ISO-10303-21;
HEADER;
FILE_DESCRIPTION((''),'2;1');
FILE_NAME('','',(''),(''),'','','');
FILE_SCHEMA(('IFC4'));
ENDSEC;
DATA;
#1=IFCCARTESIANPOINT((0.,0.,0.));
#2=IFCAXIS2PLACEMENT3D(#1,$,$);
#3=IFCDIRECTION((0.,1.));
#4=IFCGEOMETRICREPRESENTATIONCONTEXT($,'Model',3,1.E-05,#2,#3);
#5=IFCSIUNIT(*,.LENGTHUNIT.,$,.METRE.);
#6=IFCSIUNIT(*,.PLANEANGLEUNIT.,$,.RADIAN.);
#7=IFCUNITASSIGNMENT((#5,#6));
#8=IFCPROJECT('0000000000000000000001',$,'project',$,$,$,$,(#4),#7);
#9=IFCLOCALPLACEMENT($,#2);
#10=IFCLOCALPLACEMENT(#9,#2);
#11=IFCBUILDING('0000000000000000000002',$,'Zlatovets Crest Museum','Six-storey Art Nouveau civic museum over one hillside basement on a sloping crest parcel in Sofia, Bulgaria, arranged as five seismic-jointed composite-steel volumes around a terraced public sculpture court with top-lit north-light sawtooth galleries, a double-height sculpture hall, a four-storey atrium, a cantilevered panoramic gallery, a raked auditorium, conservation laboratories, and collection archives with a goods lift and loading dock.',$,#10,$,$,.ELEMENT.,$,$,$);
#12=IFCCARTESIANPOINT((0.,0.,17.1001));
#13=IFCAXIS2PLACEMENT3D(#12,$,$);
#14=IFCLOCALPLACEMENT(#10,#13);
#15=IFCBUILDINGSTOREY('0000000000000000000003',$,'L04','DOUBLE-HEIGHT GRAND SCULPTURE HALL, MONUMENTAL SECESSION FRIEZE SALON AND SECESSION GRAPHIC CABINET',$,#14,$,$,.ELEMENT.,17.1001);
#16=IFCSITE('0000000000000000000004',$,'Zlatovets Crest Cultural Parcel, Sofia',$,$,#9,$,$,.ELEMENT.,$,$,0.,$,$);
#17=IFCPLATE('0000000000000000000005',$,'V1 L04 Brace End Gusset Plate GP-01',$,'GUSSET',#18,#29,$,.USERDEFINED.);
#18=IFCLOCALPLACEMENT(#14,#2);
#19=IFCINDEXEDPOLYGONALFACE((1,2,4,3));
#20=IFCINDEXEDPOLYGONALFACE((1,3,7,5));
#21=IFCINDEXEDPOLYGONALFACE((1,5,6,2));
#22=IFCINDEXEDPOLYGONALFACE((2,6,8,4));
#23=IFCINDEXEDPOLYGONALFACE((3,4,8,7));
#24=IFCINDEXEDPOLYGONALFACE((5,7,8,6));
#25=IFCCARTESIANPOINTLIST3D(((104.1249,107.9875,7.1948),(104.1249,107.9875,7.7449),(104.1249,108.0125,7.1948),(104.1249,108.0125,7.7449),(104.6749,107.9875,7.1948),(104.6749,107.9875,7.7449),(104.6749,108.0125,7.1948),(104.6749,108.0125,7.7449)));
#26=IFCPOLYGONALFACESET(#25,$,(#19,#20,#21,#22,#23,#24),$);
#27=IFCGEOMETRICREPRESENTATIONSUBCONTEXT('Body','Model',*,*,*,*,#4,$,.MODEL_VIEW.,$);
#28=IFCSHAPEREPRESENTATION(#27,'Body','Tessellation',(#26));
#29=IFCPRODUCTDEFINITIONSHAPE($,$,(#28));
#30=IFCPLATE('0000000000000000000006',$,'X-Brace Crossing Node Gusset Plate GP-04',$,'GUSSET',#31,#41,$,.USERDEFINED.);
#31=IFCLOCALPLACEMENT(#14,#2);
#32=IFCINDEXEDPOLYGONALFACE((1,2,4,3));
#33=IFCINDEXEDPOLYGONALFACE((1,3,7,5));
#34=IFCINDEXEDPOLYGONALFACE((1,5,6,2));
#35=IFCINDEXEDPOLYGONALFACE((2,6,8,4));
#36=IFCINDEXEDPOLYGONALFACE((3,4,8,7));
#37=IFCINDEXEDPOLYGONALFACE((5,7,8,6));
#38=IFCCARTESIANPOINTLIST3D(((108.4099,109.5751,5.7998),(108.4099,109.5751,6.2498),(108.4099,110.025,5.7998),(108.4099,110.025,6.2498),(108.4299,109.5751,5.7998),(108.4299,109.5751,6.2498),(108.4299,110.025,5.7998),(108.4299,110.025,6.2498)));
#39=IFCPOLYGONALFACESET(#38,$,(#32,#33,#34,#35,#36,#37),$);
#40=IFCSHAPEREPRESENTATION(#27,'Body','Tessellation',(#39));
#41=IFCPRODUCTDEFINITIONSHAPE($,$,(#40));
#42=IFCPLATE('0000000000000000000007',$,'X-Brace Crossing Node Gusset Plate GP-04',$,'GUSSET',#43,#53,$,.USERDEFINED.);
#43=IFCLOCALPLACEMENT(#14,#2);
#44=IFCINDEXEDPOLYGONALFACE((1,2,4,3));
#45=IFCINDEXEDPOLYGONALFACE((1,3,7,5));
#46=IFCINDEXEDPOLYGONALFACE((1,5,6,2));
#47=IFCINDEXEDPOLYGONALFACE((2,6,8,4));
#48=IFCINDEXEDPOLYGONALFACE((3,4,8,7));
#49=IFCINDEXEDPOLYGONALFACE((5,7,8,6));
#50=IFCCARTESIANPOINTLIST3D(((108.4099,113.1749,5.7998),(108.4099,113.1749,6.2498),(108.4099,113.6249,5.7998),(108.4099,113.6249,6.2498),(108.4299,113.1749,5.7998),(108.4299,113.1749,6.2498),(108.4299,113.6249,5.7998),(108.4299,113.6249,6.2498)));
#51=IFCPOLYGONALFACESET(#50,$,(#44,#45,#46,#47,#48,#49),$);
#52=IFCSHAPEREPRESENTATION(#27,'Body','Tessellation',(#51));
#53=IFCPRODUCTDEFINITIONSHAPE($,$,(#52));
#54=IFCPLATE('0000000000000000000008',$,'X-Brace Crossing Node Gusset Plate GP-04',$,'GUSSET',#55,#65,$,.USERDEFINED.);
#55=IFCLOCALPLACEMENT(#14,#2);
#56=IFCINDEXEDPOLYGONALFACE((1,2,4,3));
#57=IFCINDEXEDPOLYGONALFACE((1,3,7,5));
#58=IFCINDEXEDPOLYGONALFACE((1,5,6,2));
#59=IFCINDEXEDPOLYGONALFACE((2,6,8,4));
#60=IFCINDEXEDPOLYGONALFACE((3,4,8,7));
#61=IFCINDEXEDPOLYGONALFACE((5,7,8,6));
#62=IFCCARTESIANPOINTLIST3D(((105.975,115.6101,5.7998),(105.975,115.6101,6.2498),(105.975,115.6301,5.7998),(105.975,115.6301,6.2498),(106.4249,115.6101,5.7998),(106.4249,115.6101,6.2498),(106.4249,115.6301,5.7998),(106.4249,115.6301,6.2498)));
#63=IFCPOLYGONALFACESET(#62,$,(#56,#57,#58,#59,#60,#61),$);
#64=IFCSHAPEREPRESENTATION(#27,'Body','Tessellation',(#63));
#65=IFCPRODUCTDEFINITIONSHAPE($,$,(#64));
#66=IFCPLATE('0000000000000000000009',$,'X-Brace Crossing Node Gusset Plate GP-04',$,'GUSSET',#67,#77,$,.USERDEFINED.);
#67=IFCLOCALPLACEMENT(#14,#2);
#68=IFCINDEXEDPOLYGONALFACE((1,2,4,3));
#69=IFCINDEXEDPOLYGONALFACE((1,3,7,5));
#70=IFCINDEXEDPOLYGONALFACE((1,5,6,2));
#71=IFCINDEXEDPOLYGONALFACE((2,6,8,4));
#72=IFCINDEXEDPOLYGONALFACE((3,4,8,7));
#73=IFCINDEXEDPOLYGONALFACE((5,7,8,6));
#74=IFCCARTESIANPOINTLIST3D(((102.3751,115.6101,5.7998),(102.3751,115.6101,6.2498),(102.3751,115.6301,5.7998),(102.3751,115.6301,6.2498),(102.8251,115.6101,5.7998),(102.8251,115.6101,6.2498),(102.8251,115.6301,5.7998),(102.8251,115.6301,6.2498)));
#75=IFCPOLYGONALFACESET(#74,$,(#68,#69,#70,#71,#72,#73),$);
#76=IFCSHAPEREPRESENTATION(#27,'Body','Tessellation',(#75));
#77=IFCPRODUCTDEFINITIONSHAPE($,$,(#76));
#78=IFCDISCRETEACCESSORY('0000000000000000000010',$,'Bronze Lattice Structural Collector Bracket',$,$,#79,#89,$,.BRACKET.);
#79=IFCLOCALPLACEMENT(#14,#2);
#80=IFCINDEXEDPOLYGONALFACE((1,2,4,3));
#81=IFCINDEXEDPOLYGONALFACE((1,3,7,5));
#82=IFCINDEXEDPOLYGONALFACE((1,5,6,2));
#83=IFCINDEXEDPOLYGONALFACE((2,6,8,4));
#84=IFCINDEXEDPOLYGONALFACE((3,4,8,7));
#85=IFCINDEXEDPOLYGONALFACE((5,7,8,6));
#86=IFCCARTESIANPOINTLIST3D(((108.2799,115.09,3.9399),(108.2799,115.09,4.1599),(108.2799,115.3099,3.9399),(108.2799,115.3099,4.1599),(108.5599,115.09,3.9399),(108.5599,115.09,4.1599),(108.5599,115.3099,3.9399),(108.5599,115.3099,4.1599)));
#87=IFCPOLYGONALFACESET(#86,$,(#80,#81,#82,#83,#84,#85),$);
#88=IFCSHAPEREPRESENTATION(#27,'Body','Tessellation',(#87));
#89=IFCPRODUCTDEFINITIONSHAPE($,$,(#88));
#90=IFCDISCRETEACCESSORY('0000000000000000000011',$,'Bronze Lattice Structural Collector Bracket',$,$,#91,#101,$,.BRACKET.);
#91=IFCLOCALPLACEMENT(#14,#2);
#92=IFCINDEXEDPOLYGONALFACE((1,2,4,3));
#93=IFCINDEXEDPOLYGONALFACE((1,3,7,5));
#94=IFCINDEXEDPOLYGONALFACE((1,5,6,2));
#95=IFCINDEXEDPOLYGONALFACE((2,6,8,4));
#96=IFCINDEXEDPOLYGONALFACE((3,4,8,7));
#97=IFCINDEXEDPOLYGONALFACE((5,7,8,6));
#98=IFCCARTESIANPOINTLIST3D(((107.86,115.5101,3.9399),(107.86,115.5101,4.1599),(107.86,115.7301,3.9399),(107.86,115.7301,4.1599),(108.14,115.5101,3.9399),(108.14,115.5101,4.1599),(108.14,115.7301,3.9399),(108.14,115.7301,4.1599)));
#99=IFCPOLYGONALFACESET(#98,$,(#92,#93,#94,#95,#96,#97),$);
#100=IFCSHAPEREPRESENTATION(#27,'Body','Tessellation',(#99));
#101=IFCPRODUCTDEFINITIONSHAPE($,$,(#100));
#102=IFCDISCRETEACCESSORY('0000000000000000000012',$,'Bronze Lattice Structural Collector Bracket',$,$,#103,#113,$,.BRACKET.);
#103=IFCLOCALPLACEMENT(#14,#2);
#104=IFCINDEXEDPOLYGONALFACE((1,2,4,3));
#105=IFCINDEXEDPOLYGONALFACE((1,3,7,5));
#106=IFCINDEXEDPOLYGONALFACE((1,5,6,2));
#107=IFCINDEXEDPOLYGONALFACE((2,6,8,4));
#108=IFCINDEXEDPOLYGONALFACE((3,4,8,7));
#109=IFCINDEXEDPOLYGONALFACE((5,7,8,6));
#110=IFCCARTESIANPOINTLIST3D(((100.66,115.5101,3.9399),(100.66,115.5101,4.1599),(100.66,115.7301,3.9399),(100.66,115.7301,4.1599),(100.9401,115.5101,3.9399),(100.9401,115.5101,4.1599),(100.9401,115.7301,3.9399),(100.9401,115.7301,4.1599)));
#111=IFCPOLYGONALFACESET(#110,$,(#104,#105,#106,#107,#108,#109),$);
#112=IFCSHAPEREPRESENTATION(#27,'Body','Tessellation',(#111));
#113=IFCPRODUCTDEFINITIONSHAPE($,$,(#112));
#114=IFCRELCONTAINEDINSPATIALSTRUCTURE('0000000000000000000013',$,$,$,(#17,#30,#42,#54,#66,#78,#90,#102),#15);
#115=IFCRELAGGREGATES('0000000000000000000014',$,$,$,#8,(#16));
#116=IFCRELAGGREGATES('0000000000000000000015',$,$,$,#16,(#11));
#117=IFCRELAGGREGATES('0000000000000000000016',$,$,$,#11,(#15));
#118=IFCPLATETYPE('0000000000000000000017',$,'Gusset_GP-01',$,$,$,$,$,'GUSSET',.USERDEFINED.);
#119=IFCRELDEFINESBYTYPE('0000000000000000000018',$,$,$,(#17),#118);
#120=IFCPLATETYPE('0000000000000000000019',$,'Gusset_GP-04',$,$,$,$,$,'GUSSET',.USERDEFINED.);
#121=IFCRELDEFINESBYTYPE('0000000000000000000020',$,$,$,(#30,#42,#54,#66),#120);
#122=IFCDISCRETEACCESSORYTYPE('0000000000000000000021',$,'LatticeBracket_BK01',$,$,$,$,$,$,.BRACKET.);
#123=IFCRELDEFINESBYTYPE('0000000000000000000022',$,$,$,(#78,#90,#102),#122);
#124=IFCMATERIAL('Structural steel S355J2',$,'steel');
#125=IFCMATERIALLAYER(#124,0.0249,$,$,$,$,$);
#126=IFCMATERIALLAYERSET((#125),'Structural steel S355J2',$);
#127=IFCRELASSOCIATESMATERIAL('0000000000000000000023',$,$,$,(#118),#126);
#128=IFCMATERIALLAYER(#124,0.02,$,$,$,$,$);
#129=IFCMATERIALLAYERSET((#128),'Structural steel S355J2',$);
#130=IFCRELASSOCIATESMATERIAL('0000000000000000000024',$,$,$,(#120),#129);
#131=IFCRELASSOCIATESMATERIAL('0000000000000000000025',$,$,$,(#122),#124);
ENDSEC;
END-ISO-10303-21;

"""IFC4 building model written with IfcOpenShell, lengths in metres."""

from ifc_helpers import new_model, si_unit, direction, frame, origin, origin_2d, place, context, subcontext, project, spatial, rectangle, extrude, material, layer, layer_set, type_object, element, save


model = new_model("IFC4")

# Units and contexts
model_context = context("Model", 3, precision=1e-05, world=origin(), true_north=direction((0.0, 1.0)))
body_context = subcontext(model_context, "Body", "Model", "MODEL_VIEW")
ifc_project = project(units=[si_unit("LENGTHUNIT", "METRE"), si_unit("PLANEANGLEUNIT", "RADIAN")], contexts=[model_context])

# Site, building, storey
site_placement = place(None, origin())
site = spatial("IfcSite", under=ifc_project, at=site_placement, Name="Zlatovets Crest Cultural Parcel, Sofia", CompositionType="ELEMENT", RefElevation=0.0)
building_placement = place(site_placement, origin())
building = spatial("IfcBuilding", under=site, at=building_placement, Name="Zlatovets Crest Museum", Description="Six-storey Art Nouveau civic museum over one hillside basement on a sloping crest parcel in Sofia, Bulgaria, arranged as five seismic-jointed composite-steel volumes around a terraced public sculpture court with top-lit north-light sawtooth galleries, a double-height sculpture hall, a four-storey atrium, a cantilevered panoramic gallery, a raked auditorium, conservation laboratories, and collection archives with a goods lift and loading dock.", CompositionType="ELEMENT")
storey_placement = place(building_placement, frame((0.0, 0.0, 17.1001)))
storey = spatial("IfcBuildingStorey", under=building, at=storey_placement, Name="L04", Description="DOUBLE-HEIGHT GRAND SCULPTURE HALL, MONUMENTAL SECESSION FRIEZE SALON AND SECESSION GRAPHIC CABINET", CompositionType="ELEMENT", Elevation=17.1001)

# Shared definitions
ifc_material_1 = material(Name="Structural steel S355J2", Category="steel")

# Plates
ifc_layer_1 = layer(ifc_material_1, 0.0249)
ifc_layer_set_1 = layer_set([ifc_layer_1], Name="Structural steel S355J2")
plate_type_1 = type_object("IfcPlateType", Name="Gusset_GP-01", ElementType="GUSSET", PredefinedType="USERDEFINED", material=ifc_layer_set_1)
plate_placement = place(storey_placement, frame((104.3999, 108.0, 7.1948), z_axis=(0.0, 0.0, 1.0), x_axis=(1.0, 0.0, 0.0)))
element("IfcPlate", 1, at=plate_placement, inside=storey, type_object=plate_type_1, Name="V1 L04 Brace End Gusset Plate GP-01", ObjectType="GUSSET", PredefinedType="USERDEFINED", context=body_context, shape_type="SweptSolid", body=[
    extrude(rectangle(XDim=0.55, YDim=0.0249, at=origin_2d()), origin(), (0.0, 0.0, 1.0), 0.55),
])
ifc_layer_2 = layer(ifc_material_1, 0.02)
ifc_layer_set_2 = layer_set([ifc_layer_2], Name="Structural steel S355J2")
plate_type_2 = type_object("IfcPlateType", Name="Gusset_GP-04", ElementType="GUSSET", PredefinedType="USERDEFINED", material=ifc_layer_set_2)
for number, where, z_axis, x_axis, name in (
    (2, (108.4199, 109.8, 5.7998), (0.0, 0.0, 1.0), (1.0, 0.0, 0.0), "X-Brace Crossing Node Gusset Plate GP-04"),
    (3, (108.4199, 113.3999, 5.7998), (0.0, 0.0, 1.0), (1.0, 0.0, 0.0), "X-Brace Crossing Node Gusset Plate GP-04"),
):
    element("IfcPlate", number, at=place(storey_placement, frame(where, z_axis=z_axis, x_axis=x_axis)), inside=storey, type_object=plate_type_2, Name=name, ObjectType="GUSSET", PredefinedType="USERDEFINED", context=body_context, shape_type="SweptSolid", body=[
        extrude(rectangle(XDim=0.02, YDim=0.45, at=origin_2d()), origin(), (0.0, 0.0, 1.0), 0.45),
    ])
for number, where, z_axis, x_axis, name in (
    (4, (106.2, 115.6201, 5.7998), (0.0, 0.0, 1.0), (1.0, 0.0, 0.0), "X-Brace Crossing Node Gusset Plate GP-04"),
    (5, (102.6001, 115.6201, 5.7998), (0.0, 0.0, 1.0), (1.0, 0.0, 0.0), "X-Brace Crossing Node Gusset Plate GP-04"),
):
    element("IfcPlate", number, at=place(storey_placement, frame(where, z_axis=z_axis, x_axis=x_axis)), inside=storey, type_object=plate_type_2, Name=name, ObjectType="GUSSET", PredefinedType="USERDEFINED", context=body_context, shape_type="SweptSolid", body=[
        extrude(rectangle(XDim=0.45, YDim=0.02, at=origin_2d()), origin(), (0.0, 0.0, 1.0), 0.45),
    ])

# Discrete accessories
discrete_accessory_type = type_object("IfcDiscreteAccessoryType", Name="LatticeBracket_BK01", PredefinedType="BRACKET", material=ifc_material_1)
for number, where, z_axis, x_axis, name in (
    (6, (108.4199, 115.2, 3.9399), (0.0, 0.0, 1.0), (1.0, 0.0, 0.0), "Bronze Lattice Structural Collector Bracket"),
    (7, (108.0, 115.6201, 3.9399), (0.0, 0.0, 1.0), (1.0, 0.0, 0.0), "Bronze Lattice Structural Collector Bracket"),
    (8, (100.8, 115.6201, 3.9399), (0.0, 0.0, 1.0), (1.0, 0.0, 0.0), "Bronze Lattice Structural Collector Bracket"),
):
    element("IfcDiscreteAccessory", number, at=place(storey_placement, frame(where, z_axis=z_axis, x_axis=x_axis)), inside=storey, type_object=discrete_accessory_type, Name=name, PredefinedType="BRACKET", context=body_context, shape_type="SweptSolid", body=[
        extrude(rectangle(XDim=0.28, YDim=0.22, at=origin_2d()), origin(), (0.0, 0.0, 1.0), 0.22),
    ])

save(model, "model.ifc")
